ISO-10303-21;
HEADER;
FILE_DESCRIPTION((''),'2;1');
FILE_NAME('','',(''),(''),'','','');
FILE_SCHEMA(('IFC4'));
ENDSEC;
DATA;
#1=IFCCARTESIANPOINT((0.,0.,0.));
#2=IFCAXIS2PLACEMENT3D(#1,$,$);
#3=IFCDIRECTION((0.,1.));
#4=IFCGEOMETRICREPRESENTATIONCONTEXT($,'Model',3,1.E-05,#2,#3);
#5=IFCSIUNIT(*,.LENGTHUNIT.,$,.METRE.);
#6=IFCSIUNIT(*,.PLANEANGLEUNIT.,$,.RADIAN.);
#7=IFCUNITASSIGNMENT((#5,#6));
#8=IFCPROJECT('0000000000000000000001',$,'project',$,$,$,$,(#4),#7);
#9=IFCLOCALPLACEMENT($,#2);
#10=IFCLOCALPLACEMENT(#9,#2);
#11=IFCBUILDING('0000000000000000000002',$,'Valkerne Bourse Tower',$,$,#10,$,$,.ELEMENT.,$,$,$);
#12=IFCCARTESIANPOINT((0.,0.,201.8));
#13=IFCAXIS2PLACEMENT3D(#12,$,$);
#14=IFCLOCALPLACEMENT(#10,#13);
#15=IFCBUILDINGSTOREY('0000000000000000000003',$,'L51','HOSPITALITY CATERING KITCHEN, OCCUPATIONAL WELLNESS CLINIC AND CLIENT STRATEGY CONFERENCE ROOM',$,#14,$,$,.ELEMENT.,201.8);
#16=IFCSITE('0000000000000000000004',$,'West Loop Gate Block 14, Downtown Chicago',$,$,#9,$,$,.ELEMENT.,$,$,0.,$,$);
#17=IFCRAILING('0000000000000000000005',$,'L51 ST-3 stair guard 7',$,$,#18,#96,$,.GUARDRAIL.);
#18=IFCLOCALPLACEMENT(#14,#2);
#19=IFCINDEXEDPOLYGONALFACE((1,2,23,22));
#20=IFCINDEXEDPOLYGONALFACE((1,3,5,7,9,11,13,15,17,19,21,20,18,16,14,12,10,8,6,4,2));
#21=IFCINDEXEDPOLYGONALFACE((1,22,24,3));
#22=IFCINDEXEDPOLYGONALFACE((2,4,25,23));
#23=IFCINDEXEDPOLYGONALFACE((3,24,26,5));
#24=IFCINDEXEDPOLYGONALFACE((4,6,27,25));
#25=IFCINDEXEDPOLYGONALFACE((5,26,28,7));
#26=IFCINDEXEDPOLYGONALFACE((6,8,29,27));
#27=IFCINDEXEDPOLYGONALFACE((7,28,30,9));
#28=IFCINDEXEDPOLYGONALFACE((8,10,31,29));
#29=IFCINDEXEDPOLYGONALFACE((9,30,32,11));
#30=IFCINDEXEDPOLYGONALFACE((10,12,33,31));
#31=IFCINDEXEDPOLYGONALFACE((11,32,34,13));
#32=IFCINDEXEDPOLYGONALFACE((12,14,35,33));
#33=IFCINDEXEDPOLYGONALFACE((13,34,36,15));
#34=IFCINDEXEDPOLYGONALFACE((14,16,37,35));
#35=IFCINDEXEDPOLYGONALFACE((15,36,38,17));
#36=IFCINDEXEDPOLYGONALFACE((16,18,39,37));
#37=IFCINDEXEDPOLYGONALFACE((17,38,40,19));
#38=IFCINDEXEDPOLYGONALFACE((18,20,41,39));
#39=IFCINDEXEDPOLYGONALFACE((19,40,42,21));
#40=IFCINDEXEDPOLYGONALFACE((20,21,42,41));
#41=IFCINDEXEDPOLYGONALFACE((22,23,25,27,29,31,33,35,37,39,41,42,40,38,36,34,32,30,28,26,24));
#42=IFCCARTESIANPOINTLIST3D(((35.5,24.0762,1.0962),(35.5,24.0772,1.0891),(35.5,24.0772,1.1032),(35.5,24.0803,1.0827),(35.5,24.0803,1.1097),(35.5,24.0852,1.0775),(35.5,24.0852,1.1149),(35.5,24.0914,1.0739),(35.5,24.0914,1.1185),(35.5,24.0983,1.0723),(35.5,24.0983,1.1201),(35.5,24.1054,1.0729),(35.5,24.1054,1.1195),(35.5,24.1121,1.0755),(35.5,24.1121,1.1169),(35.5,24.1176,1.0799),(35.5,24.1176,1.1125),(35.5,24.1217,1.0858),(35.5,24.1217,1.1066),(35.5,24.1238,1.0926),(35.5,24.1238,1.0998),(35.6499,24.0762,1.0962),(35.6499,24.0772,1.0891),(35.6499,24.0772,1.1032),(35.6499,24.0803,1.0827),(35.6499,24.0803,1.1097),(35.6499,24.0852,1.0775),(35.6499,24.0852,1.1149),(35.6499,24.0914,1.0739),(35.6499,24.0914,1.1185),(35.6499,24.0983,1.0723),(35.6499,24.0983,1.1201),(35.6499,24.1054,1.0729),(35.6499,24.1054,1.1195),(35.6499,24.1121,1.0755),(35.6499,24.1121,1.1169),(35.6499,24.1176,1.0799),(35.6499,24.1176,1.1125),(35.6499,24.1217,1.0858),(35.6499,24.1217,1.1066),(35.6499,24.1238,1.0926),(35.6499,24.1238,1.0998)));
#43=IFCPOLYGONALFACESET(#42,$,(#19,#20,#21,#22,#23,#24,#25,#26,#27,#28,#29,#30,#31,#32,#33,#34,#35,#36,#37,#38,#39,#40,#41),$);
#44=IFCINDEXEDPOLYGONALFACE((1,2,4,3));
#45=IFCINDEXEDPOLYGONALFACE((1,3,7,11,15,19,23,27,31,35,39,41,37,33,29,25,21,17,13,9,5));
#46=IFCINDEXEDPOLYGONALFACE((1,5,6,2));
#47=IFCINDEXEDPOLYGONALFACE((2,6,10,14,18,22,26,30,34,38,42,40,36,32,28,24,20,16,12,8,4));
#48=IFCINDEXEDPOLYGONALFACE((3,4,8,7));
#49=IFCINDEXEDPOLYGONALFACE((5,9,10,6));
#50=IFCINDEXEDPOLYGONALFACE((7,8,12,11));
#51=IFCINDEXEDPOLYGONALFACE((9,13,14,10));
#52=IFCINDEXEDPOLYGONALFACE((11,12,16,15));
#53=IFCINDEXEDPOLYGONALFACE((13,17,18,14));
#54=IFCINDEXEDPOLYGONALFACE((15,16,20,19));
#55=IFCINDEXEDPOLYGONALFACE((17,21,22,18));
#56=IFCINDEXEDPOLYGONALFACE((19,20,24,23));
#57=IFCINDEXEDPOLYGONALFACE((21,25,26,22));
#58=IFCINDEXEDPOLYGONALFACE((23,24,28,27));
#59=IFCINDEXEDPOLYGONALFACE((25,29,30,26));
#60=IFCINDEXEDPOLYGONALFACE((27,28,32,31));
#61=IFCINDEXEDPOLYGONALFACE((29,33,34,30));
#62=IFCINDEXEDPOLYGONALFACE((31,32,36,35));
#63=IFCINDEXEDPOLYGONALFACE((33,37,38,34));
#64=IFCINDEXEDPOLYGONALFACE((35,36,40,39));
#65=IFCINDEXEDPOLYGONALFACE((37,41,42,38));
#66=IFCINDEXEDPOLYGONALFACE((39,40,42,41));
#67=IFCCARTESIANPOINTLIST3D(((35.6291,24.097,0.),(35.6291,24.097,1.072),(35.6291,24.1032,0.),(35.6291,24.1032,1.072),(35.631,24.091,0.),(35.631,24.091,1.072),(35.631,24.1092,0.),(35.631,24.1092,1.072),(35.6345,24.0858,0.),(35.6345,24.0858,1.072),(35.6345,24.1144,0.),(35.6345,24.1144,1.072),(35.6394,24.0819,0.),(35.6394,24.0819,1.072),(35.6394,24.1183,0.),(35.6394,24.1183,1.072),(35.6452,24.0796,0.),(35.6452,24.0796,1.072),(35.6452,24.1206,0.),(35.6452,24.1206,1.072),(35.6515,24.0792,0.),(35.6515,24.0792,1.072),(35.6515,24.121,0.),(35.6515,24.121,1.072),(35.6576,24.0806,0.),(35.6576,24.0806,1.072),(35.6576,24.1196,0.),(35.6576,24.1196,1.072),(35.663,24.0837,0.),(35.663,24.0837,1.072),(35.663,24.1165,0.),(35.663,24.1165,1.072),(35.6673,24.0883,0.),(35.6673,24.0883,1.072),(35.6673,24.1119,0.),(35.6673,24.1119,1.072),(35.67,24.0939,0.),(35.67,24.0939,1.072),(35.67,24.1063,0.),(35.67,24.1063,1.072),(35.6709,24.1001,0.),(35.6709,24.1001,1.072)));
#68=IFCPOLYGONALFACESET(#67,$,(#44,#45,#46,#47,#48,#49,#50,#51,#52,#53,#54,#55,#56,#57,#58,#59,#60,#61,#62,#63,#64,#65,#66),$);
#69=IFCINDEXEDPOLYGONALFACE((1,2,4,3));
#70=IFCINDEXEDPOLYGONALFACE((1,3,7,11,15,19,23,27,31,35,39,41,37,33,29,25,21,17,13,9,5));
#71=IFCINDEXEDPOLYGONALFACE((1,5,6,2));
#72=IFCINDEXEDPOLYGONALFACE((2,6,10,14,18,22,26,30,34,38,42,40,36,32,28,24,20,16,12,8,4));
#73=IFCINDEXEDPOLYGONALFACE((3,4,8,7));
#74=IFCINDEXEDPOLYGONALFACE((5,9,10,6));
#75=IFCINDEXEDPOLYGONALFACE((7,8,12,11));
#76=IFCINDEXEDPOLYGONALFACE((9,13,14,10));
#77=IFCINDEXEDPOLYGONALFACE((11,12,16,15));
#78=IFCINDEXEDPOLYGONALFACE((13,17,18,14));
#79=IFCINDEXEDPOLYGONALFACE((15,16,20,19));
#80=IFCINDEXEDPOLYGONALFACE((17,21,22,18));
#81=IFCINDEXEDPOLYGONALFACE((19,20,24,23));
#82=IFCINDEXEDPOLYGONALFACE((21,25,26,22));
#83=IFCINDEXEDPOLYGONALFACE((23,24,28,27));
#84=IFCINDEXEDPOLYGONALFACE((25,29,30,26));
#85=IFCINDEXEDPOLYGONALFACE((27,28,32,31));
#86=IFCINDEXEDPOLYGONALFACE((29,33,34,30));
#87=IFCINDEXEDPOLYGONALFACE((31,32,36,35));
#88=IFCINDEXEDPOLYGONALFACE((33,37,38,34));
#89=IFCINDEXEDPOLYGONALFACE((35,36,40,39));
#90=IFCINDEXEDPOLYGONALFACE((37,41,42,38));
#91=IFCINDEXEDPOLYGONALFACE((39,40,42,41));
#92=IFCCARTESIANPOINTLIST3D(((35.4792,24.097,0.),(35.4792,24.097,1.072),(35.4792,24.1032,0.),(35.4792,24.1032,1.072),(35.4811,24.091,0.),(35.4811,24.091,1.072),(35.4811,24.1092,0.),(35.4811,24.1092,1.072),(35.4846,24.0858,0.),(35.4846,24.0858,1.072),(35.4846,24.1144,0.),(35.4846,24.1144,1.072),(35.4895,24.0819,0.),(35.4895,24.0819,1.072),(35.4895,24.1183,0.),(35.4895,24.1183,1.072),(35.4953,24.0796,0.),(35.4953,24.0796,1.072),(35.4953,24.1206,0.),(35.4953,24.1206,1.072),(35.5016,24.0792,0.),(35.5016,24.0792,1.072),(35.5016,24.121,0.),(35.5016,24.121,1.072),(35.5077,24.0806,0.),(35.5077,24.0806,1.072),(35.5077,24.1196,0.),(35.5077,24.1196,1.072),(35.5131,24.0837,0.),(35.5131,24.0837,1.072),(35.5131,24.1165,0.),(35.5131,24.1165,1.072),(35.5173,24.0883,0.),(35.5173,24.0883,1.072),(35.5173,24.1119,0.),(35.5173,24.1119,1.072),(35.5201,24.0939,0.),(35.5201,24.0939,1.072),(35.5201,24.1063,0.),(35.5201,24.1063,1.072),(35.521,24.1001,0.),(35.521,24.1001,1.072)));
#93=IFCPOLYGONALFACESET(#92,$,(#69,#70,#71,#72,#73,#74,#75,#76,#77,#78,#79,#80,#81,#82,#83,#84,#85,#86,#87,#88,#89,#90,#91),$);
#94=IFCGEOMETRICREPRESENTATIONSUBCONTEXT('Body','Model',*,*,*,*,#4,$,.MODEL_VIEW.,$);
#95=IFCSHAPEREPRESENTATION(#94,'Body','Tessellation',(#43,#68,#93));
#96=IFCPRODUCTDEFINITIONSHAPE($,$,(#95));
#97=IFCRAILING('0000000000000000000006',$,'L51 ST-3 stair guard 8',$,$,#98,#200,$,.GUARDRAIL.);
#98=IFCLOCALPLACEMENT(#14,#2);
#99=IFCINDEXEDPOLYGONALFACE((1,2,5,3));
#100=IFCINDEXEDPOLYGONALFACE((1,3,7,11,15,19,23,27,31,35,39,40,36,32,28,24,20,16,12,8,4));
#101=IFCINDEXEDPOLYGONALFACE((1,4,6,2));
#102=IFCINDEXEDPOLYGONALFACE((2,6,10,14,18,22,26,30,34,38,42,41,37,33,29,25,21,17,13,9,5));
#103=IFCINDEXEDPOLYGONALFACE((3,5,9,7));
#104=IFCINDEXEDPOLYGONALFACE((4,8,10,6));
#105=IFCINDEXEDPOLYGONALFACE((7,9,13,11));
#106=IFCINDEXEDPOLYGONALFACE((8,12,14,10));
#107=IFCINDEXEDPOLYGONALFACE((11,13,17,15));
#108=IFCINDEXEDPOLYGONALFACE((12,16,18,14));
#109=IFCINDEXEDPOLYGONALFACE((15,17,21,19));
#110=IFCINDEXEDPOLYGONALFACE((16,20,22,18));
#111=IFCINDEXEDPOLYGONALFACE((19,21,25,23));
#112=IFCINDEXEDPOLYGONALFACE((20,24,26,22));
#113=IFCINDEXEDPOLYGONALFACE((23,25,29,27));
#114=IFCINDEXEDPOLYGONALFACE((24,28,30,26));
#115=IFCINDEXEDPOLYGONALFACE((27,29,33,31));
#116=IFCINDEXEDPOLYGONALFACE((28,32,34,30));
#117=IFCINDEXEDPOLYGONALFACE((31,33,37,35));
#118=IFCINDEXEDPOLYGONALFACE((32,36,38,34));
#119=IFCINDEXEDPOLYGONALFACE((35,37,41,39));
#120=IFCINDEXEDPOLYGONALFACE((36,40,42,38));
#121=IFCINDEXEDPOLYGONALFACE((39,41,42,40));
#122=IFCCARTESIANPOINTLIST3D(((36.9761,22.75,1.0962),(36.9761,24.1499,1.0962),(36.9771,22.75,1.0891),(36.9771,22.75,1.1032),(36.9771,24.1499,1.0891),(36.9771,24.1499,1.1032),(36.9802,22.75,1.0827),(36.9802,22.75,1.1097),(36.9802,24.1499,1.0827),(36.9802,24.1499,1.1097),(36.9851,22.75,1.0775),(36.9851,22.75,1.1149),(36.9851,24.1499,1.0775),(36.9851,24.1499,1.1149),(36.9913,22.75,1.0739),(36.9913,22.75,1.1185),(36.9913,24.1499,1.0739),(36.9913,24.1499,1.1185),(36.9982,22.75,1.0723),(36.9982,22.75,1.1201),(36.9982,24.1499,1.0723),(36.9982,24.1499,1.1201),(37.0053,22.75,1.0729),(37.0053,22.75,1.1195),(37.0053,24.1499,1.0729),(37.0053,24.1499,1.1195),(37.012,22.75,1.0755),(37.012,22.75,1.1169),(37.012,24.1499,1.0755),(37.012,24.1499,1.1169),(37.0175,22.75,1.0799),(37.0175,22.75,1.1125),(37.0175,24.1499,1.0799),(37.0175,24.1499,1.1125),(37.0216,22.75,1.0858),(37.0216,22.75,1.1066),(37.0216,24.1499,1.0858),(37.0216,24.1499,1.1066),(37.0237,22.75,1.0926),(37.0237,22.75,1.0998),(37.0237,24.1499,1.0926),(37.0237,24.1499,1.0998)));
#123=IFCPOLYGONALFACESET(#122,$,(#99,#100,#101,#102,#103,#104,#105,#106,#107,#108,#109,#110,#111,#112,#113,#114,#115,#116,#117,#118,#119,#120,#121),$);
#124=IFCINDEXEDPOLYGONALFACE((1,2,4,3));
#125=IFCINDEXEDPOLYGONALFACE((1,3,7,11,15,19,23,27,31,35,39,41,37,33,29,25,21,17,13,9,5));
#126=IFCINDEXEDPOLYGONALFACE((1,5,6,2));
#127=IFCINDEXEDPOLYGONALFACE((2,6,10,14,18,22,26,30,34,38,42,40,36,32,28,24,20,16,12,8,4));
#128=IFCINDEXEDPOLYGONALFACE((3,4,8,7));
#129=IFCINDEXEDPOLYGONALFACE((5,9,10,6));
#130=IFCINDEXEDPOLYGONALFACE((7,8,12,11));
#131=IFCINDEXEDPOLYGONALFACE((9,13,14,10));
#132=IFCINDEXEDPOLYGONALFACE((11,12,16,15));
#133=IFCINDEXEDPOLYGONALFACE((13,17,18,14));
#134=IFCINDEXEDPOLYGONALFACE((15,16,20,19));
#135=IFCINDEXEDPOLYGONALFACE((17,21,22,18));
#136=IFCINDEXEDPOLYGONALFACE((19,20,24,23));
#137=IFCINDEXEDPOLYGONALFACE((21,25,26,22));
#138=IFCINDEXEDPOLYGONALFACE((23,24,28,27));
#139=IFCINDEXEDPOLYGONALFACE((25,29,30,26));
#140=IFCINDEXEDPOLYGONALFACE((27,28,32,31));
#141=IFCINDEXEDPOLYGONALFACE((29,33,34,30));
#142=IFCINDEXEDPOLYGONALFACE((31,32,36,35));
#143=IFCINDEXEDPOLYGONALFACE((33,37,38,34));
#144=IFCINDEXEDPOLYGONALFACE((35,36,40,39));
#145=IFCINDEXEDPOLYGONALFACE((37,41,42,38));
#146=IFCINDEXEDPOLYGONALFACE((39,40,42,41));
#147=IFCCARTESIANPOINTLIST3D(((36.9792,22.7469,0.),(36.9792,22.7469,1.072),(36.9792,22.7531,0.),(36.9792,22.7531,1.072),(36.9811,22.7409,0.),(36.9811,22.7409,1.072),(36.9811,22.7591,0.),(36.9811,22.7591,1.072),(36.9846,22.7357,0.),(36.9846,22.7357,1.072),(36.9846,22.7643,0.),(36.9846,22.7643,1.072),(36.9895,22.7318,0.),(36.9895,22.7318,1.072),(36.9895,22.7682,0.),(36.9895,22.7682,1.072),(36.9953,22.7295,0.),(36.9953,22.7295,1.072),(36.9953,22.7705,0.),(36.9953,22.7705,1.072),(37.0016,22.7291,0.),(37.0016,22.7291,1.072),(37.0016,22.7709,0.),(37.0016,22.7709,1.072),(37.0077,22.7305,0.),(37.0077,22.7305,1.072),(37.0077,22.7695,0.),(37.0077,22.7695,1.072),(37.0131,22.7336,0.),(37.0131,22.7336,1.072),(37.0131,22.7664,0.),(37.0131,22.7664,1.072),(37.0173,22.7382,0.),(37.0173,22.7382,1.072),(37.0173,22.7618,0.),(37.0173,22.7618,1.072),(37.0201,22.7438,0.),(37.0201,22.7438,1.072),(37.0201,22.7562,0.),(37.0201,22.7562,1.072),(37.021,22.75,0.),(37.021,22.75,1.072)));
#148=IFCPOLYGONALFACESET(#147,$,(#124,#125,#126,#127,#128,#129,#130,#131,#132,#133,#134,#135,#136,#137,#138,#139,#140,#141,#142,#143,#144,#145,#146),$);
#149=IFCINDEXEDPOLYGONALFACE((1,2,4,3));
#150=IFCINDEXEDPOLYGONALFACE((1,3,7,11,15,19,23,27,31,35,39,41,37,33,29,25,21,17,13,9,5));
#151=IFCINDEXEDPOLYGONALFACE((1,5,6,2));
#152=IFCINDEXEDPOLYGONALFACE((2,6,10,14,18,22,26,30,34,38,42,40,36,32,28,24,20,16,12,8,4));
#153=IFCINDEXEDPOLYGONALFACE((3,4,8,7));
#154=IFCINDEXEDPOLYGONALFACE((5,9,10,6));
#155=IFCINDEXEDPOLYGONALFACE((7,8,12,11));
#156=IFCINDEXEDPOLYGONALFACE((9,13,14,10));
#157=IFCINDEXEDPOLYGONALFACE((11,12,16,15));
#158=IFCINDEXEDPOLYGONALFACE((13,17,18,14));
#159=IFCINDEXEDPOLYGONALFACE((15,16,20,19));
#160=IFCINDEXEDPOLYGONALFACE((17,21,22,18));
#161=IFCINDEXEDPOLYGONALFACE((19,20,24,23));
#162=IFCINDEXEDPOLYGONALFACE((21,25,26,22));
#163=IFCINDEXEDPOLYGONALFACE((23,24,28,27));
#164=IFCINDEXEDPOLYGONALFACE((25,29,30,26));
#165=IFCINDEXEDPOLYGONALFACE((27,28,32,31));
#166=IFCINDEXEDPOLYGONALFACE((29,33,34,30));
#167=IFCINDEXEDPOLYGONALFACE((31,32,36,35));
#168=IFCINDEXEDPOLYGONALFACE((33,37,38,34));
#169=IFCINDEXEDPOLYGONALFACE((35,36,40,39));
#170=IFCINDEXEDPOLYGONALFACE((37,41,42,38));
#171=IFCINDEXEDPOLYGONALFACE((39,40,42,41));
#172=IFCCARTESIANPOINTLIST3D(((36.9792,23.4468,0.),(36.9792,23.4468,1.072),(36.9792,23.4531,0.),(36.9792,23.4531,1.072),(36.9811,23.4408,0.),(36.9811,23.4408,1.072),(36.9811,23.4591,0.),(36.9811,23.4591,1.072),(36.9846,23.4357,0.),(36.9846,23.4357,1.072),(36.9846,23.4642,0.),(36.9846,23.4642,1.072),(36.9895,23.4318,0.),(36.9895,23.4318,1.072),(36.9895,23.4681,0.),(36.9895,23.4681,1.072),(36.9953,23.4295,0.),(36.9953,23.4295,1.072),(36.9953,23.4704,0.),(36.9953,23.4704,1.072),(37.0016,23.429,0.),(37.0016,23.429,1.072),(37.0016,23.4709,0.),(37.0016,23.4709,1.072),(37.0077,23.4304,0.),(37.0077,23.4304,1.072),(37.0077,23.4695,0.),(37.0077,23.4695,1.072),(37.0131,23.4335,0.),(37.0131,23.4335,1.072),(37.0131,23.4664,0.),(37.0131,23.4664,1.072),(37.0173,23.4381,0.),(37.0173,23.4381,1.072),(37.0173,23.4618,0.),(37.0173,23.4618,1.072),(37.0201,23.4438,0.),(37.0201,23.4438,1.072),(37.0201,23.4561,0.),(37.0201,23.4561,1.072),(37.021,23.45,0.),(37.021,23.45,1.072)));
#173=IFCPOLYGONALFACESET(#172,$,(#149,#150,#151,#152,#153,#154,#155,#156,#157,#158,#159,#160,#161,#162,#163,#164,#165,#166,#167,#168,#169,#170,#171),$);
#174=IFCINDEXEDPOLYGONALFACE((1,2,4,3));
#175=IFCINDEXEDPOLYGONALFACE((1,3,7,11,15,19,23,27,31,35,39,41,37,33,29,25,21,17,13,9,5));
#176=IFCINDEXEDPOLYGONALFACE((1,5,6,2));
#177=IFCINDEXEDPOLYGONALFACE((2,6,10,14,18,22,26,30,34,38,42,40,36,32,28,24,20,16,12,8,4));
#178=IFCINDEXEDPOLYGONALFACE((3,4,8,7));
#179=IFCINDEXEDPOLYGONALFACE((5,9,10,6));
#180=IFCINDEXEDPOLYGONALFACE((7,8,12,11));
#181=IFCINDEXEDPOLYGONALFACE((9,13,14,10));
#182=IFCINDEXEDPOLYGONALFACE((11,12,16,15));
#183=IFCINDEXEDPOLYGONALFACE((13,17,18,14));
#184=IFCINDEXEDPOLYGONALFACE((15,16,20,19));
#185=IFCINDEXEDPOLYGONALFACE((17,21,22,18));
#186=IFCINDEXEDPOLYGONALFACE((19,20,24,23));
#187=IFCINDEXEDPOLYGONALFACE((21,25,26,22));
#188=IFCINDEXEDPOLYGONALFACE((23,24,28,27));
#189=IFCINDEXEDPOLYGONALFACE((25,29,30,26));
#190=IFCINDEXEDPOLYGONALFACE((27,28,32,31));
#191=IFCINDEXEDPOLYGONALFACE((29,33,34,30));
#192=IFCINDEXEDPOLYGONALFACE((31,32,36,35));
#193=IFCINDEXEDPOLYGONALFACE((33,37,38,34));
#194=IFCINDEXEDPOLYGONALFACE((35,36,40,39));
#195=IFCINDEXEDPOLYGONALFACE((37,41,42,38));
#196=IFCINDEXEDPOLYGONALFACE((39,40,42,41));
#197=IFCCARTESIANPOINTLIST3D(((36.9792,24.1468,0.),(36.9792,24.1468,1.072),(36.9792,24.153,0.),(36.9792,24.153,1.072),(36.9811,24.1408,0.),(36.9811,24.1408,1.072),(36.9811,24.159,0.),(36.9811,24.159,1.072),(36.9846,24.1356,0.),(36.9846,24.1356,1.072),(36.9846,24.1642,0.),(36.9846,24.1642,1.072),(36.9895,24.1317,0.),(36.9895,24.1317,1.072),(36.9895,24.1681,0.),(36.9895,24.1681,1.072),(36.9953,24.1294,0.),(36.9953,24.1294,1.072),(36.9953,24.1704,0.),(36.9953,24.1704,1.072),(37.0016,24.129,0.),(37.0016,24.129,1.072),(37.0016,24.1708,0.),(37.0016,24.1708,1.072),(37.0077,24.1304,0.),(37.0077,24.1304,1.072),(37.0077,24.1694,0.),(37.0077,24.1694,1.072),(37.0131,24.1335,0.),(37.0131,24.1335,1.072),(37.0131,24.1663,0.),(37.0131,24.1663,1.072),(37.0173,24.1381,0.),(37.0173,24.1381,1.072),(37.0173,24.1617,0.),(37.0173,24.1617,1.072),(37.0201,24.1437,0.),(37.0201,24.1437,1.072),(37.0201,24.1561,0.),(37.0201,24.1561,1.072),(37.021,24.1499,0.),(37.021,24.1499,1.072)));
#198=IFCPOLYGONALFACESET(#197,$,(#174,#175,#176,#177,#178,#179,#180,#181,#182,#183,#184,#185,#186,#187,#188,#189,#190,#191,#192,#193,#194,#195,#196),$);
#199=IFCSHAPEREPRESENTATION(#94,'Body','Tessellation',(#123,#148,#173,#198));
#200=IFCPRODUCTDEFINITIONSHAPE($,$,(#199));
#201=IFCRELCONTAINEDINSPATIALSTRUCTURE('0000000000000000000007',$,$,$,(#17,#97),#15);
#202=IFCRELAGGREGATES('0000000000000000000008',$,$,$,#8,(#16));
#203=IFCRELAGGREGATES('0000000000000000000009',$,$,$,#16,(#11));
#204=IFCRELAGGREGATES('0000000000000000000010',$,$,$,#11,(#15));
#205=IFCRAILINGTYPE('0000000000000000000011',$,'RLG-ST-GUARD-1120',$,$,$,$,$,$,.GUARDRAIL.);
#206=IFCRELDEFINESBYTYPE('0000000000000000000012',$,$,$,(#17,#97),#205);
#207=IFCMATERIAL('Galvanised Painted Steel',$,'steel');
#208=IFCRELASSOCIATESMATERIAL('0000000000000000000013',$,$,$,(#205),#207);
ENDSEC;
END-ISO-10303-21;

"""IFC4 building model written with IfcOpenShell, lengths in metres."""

from ifc_helpers import new_model, si_unit, direction, frame, origin, origin_2d, place, context, subcontext, project, spatial, circle, extrude, material, type_object, element, save


model = new_model("IFC4")

# Units and contexts
model_context = context("Model", 3, precision=1e-05, world=origin(), true_north=direction((0.0, 1.0)))
body_context = subcontext(model_context, "Body", "Model", "MODEL_VIEW")
ifc_project = project(units=[si_unit("LENGTHUNIT", "METRE"), si_unit("PLANEANGLEUNIT", "RADIAN")], contexts=[model_context])

# Site, building, storey
site_placement = place(None, origin())
site = spatial("IfcSite", under=ifc_project, at=site_placement, Name="West Loop Gate Block 14, Downtown Chicago", CompositionType="ELEMENT", RefElevation=0.0)
building_placement = place(site_placement, origin())
building = spatial("IfcBuilding", under=site, at=building_placement, Name="Valkerne Bourse Tower", CompositionType="ELEMENT")
storey_placement = place(building_placement, frame((0.0, 0.0, 201.8)))
storey = spatial("IfcBuildingStorey", under=building, at=storey_placement, Name="L51", Description="HOSPITALITY CATERING KITCHEN, OCCUPATIONAL WELLNESS CLINIC AND CLIENT STRATEGY CONFERENCE ROOM", CompositionType="ELEMENT", Elevation=201.8)

# Railings
ifc_material_1 = material(Name="Galvanised Painted Steel", Category="steel")
railing_type_1 = type_object("IfcRailingType", Name="RLG-ST-GUARD-1120", PredefinedType="GUARDRAIL", material=ifc_material_1)
railing_1_placement = place(storey_placement, frame((35.6499, 24.1001, 0.0)))
element("IfcRailing", 1, at=railing_1_placement, inside=storey, type_object=railing_type_1, Name="L51 ST-3 stair guard 7", PredefinedType="GUARDRAIL", context=body_context, shape_type="SweptSolid", body=[
    extrude(circle(Radius=0.0239, at=origin_2d()), frame((0.0, 0.0, 1.0962), z_axis=(-1.0, 0.0, 0.0), x_axis=(0.0, -1.0, 0.0)), (0.0, 0.0, 1.0), 0.1499),
    extrude(circle(Radius=0.021, at=origin_2d()), origin(), (0.0, 0.0, 1.0), 1.072),
    extrude(circle(Radius=0.021, at=origin_2d()), frame((-0.1499, 0.0, 0.0)), (0.0, 0.0, 1.0), 1.072),
])
for number, where, name in (
    (2, (37.0, 22.75, 0.0), "L51 ST-3 stair guard 8"),
):
    element("IfcRailing", number, at=place(storey_placement, frame(where)), inside=storey, type_object=railing_type_1, Name=name, PredefinedType="GUARDRAIL", context=body_context, shape_type="SweptSolid", body=[
        extrude(circle(Radius=0.0239, at=origin_2d()), frame((0.0, 0.0, 1.0962), z_axis=(0.0, 1.0, 0.0), x_axis=(-1.0, 0.0, 0.0)), (0.0, 0.0, 1.0), 1.3999),
        extrude(circle(Radius=0.021, at=origin_2d()), origin(), (0.0, 0.0, 1.0), 1.072),
        extrude(circle(Radius=0.021, at=origin_2d()), frame((0.0, 0.7, 0.0)), (0.0, 0.0, 1.0), 1.072),
        extrude(circle(Radius=0.021, at=origin_2d()), frame((0.0, 1.3999, 0.0)), (0.0, 0.0, 1.0), 1.072),
    ])

save(model, "model.ifc")
